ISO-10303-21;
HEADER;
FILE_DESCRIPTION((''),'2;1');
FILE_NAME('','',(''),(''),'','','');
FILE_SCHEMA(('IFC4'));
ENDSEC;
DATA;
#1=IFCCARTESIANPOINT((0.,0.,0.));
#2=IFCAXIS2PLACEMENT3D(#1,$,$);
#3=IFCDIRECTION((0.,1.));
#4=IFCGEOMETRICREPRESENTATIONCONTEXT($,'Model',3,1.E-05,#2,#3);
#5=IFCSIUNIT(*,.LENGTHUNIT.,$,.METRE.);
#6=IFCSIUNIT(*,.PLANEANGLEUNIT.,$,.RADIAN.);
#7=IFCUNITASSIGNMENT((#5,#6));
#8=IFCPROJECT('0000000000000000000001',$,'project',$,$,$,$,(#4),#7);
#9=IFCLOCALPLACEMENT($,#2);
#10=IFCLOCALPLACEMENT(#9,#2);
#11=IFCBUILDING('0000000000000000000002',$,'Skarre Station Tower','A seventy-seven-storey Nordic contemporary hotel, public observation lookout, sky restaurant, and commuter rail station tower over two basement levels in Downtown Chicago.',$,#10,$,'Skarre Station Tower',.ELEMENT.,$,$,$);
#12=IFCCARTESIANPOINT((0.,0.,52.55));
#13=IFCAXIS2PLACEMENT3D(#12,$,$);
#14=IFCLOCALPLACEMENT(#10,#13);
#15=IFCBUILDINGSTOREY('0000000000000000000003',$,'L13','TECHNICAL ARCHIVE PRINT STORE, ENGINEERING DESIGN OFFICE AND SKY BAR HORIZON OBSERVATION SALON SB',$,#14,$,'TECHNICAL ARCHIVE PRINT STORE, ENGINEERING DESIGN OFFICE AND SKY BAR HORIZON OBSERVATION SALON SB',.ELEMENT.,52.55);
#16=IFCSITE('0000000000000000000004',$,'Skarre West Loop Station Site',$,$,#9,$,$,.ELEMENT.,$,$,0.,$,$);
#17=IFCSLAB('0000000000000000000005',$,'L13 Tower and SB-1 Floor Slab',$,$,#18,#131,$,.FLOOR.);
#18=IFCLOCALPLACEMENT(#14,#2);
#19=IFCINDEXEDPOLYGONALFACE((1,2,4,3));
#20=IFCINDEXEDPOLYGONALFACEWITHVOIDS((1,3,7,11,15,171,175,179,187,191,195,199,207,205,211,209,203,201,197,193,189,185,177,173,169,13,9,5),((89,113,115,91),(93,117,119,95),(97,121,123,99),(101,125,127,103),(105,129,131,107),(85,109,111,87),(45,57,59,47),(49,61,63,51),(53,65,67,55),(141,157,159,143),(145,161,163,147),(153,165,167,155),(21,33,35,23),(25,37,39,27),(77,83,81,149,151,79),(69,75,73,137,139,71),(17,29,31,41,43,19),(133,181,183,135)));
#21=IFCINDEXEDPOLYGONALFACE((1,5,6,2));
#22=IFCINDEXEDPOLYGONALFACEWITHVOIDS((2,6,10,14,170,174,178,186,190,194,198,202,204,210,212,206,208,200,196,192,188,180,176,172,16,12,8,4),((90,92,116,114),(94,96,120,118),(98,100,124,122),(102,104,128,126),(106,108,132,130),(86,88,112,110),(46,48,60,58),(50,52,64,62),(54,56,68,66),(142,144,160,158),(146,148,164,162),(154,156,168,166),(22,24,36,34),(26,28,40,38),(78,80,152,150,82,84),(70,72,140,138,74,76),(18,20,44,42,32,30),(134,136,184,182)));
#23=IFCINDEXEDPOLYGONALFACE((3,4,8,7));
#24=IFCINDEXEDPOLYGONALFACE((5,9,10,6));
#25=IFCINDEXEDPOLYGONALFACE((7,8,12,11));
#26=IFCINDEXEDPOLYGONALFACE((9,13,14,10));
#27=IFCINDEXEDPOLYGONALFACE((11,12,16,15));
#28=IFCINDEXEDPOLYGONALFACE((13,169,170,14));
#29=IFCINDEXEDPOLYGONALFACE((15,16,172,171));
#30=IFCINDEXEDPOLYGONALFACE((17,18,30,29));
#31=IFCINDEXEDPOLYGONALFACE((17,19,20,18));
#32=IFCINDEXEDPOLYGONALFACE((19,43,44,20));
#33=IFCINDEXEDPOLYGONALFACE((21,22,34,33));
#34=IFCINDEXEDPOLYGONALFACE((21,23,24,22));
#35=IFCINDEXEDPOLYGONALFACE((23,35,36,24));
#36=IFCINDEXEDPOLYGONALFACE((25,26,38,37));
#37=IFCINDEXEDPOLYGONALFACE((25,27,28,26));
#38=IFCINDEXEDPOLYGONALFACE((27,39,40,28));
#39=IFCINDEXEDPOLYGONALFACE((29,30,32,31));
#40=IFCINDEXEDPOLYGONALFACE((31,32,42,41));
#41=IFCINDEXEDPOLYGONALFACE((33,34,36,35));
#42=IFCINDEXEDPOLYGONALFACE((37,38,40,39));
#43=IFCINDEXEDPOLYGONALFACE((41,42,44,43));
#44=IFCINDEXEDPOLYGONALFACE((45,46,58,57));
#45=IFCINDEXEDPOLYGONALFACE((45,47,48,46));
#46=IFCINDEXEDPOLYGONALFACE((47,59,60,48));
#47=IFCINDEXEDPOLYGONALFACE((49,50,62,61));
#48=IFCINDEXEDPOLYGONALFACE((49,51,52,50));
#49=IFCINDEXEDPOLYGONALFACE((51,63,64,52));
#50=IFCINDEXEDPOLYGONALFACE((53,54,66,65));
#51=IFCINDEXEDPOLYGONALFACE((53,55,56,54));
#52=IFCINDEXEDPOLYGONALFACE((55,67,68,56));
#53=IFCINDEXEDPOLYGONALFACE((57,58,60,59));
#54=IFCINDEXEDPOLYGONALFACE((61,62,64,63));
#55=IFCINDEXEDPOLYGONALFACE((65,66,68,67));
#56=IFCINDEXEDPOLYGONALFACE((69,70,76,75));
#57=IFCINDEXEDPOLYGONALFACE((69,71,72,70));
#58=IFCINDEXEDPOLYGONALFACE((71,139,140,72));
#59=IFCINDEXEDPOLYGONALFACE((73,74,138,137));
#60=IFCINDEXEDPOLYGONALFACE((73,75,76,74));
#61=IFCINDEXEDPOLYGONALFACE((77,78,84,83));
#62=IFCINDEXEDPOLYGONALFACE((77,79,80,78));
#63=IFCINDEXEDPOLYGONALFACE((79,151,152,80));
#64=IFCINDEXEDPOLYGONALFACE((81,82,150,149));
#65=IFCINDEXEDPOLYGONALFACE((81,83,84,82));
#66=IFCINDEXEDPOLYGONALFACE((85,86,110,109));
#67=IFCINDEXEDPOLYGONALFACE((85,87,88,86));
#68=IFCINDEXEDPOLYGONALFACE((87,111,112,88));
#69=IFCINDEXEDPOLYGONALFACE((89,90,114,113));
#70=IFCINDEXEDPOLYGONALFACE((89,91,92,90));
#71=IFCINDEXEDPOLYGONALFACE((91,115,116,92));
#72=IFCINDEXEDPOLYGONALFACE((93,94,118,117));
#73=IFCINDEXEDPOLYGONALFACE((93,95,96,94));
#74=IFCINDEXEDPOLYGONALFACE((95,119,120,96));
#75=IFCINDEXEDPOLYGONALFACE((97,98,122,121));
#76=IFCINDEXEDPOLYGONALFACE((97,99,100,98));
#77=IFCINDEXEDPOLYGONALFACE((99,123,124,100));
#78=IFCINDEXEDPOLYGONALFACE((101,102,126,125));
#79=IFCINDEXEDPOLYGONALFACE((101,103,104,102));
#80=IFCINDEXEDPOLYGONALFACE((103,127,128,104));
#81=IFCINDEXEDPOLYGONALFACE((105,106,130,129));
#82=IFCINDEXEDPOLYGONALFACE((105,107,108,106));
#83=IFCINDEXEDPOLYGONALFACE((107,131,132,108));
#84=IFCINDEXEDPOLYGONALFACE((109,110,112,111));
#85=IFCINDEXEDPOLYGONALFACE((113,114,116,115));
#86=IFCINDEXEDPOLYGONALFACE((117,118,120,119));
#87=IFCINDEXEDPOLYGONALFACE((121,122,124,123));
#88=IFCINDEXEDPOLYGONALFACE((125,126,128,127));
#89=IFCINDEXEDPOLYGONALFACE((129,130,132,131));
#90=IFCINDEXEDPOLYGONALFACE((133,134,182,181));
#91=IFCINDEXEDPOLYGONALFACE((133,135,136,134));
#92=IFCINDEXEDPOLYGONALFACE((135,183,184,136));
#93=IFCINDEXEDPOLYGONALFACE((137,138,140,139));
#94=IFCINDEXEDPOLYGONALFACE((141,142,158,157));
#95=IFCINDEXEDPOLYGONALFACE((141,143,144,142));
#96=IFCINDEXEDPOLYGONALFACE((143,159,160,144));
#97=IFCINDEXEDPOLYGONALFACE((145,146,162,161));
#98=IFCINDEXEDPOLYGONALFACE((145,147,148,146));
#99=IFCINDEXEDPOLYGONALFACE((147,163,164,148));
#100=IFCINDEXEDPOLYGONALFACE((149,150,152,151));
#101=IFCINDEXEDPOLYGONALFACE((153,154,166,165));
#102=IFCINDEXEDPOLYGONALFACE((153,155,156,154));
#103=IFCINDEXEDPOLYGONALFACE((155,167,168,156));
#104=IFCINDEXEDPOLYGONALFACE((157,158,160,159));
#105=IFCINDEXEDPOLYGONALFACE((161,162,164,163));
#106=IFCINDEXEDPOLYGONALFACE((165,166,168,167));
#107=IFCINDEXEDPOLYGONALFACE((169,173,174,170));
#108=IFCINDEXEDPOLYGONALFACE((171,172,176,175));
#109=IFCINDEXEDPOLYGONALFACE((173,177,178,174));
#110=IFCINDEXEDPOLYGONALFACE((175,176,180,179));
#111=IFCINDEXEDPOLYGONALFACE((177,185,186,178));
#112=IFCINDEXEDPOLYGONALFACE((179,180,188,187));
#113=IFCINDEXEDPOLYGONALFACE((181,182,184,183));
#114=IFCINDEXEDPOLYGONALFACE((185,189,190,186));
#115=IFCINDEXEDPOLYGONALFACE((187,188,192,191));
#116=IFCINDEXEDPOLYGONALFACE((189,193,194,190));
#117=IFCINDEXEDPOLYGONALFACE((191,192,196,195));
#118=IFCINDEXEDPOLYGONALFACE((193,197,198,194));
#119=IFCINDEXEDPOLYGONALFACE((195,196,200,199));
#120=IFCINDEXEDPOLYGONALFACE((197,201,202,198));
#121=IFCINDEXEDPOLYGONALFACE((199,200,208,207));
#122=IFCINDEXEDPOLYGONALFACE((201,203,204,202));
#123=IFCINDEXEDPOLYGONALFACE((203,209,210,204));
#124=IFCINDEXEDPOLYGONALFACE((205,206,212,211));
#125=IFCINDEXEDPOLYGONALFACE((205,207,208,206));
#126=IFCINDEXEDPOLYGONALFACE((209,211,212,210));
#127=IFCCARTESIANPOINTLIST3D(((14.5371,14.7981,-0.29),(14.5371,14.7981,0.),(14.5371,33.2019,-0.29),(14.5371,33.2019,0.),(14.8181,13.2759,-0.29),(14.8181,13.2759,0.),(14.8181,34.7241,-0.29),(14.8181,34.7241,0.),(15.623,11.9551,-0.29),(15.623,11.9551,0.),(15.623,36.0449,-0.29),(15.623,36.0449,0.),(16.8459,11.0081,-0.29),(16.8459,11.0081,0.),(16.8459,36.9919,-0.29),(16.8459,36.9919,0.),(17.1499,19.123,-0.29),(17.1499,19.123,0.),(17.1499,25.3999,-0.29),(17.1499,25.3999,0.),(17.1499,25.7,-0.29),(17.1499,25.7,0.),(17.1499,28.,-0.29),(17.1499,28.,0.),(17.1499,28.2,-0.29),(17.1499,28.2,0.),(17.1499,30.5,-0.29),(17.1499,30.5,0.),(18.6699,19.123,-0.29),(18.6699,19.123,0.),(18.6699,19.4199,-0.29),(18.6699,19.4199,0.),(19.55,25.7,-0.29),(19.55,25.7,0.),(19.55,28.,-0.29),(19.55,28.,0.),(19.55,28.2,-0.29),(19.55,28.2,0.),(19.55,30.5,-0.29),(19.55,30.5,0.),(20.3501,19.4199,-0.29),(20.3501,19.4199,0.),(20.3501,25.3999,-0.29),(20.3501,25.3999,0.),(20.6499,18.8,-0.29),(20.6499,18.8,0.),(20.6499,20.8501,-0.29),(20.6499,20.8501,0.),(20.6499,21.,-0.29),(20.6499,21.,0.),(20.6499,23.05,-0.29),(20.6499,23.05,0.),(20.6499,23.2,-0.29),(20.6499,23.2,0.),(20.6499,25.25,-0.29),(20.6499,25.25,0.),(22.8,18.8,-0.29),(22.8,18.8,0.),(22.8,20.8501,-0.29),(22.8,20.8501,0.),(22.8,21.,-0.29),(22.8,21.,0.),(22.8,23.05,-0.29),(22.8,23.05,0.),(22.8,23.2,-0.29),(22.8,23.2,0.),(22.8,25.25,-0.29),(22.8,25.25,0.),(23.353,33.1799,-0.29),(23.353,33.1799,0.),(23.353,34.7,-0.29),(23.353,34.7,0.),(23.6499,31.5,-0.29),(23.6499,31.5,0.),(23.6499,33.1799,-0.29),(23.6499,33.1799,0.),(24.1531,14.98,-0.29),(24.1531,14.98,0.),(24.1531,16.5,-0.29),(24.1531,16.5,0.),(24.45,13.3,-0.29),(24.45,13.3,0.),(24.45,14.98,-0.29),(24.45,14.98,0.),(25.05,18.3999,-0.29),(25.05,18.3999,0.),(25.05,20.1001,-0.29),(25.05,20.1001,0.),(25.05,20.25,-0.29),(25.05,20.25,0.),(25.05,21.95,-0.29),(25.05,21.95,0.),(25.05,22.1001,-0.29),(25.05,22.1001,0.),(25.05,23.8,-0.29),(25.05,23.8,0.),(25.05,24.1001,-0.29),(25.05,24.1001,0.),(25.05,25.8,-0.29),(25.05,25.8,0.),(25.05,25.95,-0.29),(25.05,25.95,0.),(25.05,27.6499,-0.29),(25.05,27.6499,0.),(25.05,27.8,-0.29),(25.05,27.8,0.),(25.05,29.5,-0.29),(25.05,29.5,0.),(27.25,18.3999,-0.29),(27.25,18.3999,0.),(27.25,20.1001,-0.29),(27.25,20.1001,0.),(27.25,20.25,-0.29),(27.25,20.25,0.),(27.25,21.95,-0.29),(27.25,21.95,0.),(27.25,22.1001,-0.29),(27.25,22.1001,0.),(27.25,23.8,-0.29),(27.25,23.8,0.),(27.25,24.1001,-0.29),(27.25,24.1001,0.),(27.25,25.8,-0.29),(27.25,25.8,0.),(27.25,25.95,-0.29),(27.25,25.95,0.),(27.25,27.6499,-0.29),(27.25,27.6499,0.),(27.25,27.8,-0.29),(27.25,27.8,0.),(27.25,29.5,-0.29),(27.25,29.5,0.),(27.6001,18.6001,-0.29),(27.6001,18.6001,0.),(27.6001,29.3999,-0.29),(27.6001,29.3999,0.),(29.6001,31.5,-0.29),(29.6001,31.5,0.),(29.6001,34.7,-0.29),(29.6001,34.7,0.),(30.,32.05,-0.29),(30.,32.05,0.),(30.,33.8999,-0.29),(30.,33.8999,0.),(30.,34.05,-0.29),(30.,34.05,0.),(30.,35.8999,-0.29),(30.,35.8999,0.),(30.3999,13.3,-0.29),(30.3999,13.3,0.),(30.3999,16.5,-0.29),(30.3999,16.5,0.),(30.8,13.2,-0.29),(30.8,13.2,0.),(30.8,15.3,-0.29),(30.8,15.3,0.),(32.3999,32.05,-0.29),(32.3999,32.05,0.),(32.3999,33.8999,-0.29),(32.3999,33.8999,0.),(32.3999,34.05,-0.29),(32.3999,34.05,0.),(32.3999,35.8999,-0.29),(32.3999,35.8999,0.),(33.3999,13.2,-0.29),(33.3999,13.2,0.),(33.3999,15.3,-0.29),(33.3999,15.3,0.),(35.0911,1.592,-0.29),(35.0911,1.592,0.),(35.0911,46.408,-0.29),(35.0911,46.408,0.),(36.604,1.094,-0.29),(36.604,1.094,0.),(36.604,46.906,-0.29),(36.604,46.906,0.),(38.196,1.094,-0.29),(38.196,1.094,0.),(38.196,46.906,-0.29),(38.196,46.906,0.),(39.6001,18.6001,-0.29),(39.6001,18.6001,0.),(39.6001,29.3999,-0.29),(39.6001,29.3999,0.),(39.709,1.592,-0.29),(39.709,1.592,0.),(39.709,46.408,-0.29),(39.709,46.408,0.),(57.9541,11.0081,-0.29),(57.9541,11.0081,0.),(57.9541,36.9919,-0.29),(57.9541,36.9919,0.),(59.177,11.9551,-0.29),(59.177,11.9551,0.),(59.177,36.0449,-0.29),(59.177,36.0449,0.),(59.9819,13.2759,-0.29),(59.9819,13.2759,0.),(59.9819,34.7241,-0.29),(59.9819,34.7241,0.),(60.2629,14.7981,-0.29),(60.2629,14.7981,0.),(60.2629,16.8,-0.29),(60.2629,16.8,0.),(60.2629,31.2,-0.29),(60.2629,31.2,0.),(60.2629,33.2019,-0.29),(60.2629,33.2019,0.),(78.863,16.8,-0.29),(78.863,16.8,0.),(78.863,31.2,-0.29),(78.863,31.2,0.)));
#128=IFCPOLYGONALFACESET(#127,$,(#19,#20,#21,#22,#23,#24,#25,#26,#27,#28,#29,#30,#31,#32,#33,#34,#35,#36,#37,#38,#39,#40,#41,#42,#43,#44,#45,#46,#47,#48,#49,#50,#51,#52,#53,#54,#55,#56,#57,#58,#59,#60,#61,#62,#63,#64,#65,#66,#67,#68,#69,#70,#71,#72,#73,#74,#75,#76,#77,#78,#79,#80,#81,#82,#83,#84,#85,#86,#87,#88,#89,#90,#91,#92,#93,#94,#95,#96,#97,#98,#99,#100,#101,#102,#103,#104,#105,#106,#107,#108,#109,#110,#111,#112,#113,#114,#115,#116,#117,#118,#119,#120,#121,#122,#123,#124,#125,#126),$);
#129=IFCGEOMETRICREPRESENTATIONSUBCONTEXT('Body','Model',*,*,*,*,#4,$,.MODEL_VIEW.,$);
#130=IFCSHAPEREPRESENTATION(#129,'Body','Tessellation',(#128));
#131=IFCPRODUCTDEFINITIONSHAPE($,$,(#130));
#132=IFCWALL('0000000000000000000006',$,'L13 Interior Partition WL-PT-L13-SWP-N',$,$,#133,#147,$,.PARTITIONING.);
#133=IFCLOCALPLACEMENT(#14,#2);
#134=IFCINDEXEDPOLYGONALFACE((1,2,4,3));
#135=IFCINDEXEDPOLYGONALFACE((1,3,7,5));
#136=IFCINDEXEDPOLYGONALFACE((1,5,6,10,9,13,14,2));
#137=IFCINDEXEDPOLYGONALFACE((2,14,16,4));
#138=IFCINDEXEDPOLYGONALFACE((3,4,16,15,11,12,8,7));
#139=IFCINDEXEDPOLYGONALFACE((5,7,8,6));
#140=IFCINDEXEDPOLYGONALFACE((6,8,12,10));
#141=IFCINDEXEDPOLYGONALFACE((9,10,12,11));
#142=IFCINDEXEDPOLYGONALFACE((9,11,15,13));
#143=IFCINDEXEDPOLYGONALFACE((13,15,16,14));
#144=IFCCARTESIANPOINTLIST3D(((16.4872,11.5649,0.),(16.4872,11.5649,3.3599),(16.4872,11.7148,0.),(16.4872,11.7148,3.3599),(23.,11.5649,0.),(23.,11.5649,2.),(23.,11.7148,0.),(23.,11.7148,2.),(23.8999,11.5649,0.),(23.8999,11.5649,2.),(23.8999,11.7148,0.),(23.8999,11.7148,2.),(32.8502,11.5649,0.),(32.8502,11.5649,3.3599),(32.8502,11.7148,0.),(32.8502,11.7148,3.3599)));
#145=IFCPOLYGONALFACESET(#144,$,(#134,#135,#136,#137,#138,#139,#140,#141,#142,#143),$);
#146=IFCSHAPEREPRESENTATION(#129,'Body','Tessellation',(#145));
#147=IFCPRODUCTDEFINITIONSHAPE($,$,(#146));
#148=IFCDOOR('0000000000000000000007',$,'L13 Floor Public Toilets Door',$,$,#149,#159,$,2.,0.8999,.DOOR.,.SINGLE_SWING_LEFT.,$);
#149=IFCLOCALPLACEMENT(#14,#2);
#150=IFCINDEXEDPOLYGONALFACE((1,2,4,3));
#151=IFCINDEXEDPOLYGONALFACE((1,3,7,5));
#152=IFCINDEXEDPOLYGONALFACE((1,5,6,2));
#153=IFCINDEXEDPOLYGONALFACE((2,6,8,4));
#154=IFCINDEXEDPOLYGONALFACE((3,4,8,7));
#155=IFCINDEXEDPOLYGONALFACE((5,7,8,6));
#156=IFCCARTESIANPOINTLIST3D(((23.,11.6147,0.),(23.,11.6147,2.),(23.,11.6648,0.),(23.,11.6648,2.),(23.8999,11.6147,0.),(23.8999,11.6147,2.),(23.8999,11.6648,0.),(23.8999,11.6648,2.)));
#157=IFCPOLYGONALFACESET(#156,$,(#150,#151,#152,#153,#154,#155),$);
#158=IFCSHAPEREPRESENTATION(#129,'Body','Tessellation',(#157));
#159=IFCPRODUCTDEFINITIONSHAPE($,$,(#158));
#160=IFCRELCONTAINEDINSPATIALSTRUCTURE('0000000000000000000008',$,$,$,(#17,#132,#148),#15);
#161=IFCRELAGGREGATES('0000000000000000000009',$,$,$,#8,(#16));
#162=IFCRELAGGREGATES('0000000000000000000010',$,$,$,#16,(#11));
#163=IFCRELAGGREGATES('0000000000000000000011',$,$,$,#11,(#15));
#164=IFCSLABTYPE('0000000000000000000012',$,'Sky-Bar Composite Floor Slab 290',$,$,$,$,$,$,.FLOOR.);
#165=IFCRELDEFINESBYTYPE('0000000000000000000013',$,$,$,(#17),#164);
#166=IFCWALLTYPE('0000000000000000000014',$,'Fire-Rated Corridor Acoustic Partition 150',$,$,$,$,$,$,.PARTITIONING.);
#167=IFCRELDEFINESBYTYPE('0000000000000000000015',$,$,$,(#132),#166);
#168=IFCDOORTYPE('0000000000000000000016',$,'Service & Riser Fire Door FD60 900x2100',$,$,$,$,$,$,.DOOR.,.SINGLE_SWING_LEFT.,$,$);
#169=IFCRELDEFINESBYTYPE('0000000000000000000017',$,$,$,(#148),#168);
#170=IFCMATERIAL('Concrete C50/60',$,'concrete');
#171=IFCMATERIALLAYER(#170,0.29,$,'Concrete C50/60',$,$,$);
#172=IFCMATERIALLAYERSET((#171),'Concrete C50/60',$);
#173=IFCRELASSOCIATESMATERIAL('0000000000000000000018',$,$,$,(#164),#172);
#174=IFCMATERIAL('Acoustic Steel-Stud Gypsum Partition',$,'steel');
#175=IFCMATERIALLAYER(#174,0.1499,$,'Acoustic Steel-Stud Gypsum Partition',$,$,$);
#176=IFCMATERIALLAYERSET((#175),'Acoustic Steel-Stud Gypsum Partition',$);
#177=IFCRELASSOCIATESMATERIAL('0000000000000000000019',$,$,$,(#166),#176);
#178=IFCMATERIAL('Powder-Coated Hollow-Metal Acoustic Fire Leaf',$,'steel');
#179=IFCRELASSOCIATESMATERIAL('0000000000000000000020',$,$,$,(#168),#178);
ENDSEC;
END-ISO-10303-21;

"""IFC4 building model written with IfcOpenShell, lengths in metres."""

from ifc_helpers import new_model, si_unit, direction, frame, frame_2d, origin, place, context, subcontext, project, spatial, polyline, rectangle, outline, extrude, material, layer, layer_set, type_object, element, fill, save


model = new_model("IFC4")

# Units and contexts
model_context = context("Model", 3, precision=1e-05, world=origin(), true_north=direction((0.0, 1.0)))
body_context = subcontext(model_context, "Body", "Model", "MODEL_VIEW")
ifc_project = project(units=[si_unit("LENGTHUNIT", "METRE"), si_unit("PLANEANGLEUNIT", "RADIAN")], contexts=[model_context])

# Site, building, storey
site_placement = place(None, origin())
site = spatial("IfcSite", under=ifc_project, at=site_placement, Name="Skarre West Loop Station Site", CompositionType="ELEMENT", RefElevation=0.0)
building_placement = place(site_placement, origin())
building = spatial("IfcBuilding", under=site, at=building_placement, Name="Skarre Station Tower", Description="A seventy-seven-storey Nordic contemporary hotel, public observation lookout, sky restaurant, and commuter rail station tower over two basement levels in Downtown Chicago.", LongName="Skarre Station Tower", CompositionType="ELEMENT")
storey_placement = place(building_placement, frame((0.0, 0.0, 52.55)))
storey = spatial("IfcBuildingStorey", under=building, at=storey_placement, Name="L13", Description="TECHNICAL ARCHIVE PRINT STORE, ENGINEERING DESIGN OFFICE AND SKY BAR HORIZON OBSERVATION SALON SB", LongName="TECHNICAL ARCHIVE PRINT STORE, ENGINEERING DESIGN OFFICE AND SKY BAR HORIZON OBSERVATION SALON SB", CompositionType="ELEMENT", Elevation=52.55)

# Slab
ifc_material_1 = material(Name="Concrete C50/60", Category="concrete")
ifc_layer_1 = layer(ifc_material_1, 0.29, Name="Concrete C50/60")
ifc_layer_set_1 = layer_set([ifc_layer_1], Name="Concrete C50/60")
slab_type_1 = type_object("IfcSlabType", Name="Sky-Bar Composite Floor Slab 290", PredefinedType="FLOOR", material=ifc_layer_set_1)
slab_1_placement = place(storey_placement, frame((0.0, 0.0, -0.29)))
element("IfcSlab", 1, at=slab_1_placement, inside=storey, type_object=slab_type_1, Name="L13 Tower and SB-1 Floor Slab", PredefinedType="FLOOR", context=body_context, shape_type="SweptSolid", body=[
    extrude(outline(polyline([(60.2629, 16.8), (78.863, 16.8), (78.863, 31.2), (60.2629, 31.2), (60.2629, 33.2019), (59.9819, 34.7241), (59.177, 36.0449), (57.9541, 36.9919), (39.709, 46.408), (38.196, 46.906), (36.604, 46.906), (35.0911, 46.408), (16.8459, 36.9919), (15.623, 36.0449), (14.8181, 34.7241), (14.5371, 33.2019), (14.5371, 14.7981), (14.8181, 13.2759), (15.623, 11.9551), (16.8459, 11.0081), (35.0911, 1.592), (36.604, 1.094), (38.196, 1.094), (39.709, 1.592), (57.9541, 11.0081), (59.177, 11.9551), (59.9819, 13.2759), (60.2629, 14.7981), (60.2629, 16.8)]), holes=[polyline([(18.6699, 19.4199), (18.6699, 19.123), (17.1499, 19.123), (17.1499, 25.3999), (20.3501, 25.3999), (20.3501, 19.4199), (18.6699, 19.4199)]), polyline([(24.45, 14.98), (24.1531, 14.98), (24.1531, 16.5), (30.3999, 16.5), (30.3999, 13.3), (24.45, 13.3), (24.45, 14.98)]), polyline([(23.6499, 33.1799), (23.353, 33.1799), (23.353, 34.7), (29.6001, 34.7), (29.6001, 31.5), (23.6499, 31.5), (23.6499, 33.1799)]), polyline([(17.1499, 28.0), (19.55, 28.0), (19.55, 25.7), (17.1499, 25.7), (17.1499, 28.0)]), polyline([(17.1499, 30.5), (19.55, 30.5), (19.55, 28.2), (17.1499, 28.2), (17.1499, 30.5)]), polyline([(30.8, 15.3), (33.3999, 15.3), (33.3999, 13.2), (30.8, 13.2), (30.8, 15.3)]), polyline([(25.05, 20.1001), (27.25, 20.1001), (27.25, 18.3999), (25.05, 18.3999), (25.05, 20.1001)]), polyline([(25.05, 21.95), (27.25, 21.95), (27.25, 20.25), (25.05, 20.25), (25.05, 21.95)]), polyline([(25.05, 23.8), (27.25, 23.8), (27.25, 22.1001), (25.05, 22.1001), (25.05, 23.8)]), polyline([(25.05, 25.8), (27.25, 25.8), (27.25, 24.1001), (25.05, 24.1001), (25.05, 25.8)]), polyline([(25.05, 27.6499), (27.25, 27.6499), (27.25, 25.95), (25.05, 25.95), (25.05, 27.6499)]), polyline([(25.05, 29.5), (27.25, 29.5), (27.25, 27.8), (25.05, 27.8), (25.05, 29.5)]), polyline([(20.6499, 20.8501), (22.8, 20.8501), (22.8, 18.8), (20.6499, 18.8), (20.6499, 20.8501)]), polyline([(20.6499, 23.05), (22.8, 23.05), (22.8, 21.0), (20.6499, 21.0), (20.6499, 23.05)]), polyline([(20.6499, 25.25), (22.8, 25.25), (22.8, 23.2), (20.6499, 23.2), (20.6499, 25.25)]), polyline([(30.0, 33.8999), (32.3999, 33.8999), (32.3999, 32.05), (30.0, 32.05), (30.0, 33.8999)]), polyline([(30.0, 35.8999), (32.3999, 35.8999), (32.3999, 34.05), (30.0, 34.05), (30.0, 35.8999)]), polyline([(27.6001, 29.3999), (39.6001, 29.3999), (39.6001, 18.6001), (27.6001, 18.6001), (27.6001, 29.3999)])]), origin(), (0.0, 0.0, 1.0), 0.29),
])

# Wall, opening, door
ifc_material_2 = material(Name="Acoustic Steel-Stud Gypsum Partition", Category="steel")
ifc_layer_2 = layer(ifc_material_2, 0.1499, Name="Acoustic Steel-Stud Gypsum Partition")
ifc_layer_set_2 = layer_set([ifc_layer_2], Name="Acoustic Steel-Stud Gypsum Partition")
wall_type_1 = type_object("IfcWallType", Name="Fire-Rated Corridor Acoustic Partition 150", PredefinedType="PARTITIONING", material=ifc_layer_set_2)
wall_1_placement = place(storey_placement, frame((16.4871, 11.6399, 0.0), z_axis=(0.0, 0.0, 1.0), x_axis=(1.0, 0.0, 0.0)))
wall_1 = element("IfcWall", 2, at=wall_1_placement, inside=storey, type_object=wall_type_1, Name="L13 Interior Partition WL-PT-L13-SWP-N", PredefinedType="PARTITIONING", context=body_context, shape_type="SweptSolid", body=[
    extrude(rectangle(XDim=16.363, YDim=0.1499, at=frame_2d((8.1816, 0.0))), origin(), (0.0, 0.0, 1.0), 3.3599),
])
opening_1_placement = place(wall_1_placement, frame((6.5129, 0.0, 0.0)))
opening_1 = element("IfcOpeningElement", 3, at=opening_1_placement, cuts=wall_1, PredefinedType="OPENING", context=body_context, shape_type="SweptSolid", body=[
    extrude(rectangle(XDim=0.8999, YDim=2.0, at=frame_2d((0.45, 1.0))), frame((0.0, 0.085, 0.0), z_axis=(0.0, -1.0, 0.0), x_axis=(1.0, 0.0, 0.0)), (0.0, 0.0, 1.0), 0.1699),
])
ifc_material_3 = material(Name="Powder-Coated Hollow-Metal Acoustic Fire Leaf", Category="steel")
door_type_1 = type_object("IfcDoorType", Name="Service & Riser Fire Door FD60 900x2100", OperationType="SINGLE_SWING_LEFT", PredefinedType="DOOR", material=ifc_material_3)
door_1_placement = place(opening_1_placement, origin())
door_1 = element("IfcDoor", 4, at=door_1_placement, inside=storey, type_object=door_type_1, Name="L13 Floor Public Toilets Door", OperationType="SINGLE_SWING_LEFT", OverallHeight=2.0, OverallWidth=0.8999, PredefinedType="DOOR", context=body_context, shape_type="SweptSolid", body=[
    extrude(rectangle(XDim=0.8999, YDim=2.0, at=frame_2d((0.45, 1.0))), frame((0.0, 0.0249, 0.0), z_axis=(0.0, -1.0, 0.0), x_axis=(1.0, 0.0, 0.0)), (0.0, 0.0, 1.0), 0.05),
])
fill(opening_1, door_1)

save(model, "model.ifc")
